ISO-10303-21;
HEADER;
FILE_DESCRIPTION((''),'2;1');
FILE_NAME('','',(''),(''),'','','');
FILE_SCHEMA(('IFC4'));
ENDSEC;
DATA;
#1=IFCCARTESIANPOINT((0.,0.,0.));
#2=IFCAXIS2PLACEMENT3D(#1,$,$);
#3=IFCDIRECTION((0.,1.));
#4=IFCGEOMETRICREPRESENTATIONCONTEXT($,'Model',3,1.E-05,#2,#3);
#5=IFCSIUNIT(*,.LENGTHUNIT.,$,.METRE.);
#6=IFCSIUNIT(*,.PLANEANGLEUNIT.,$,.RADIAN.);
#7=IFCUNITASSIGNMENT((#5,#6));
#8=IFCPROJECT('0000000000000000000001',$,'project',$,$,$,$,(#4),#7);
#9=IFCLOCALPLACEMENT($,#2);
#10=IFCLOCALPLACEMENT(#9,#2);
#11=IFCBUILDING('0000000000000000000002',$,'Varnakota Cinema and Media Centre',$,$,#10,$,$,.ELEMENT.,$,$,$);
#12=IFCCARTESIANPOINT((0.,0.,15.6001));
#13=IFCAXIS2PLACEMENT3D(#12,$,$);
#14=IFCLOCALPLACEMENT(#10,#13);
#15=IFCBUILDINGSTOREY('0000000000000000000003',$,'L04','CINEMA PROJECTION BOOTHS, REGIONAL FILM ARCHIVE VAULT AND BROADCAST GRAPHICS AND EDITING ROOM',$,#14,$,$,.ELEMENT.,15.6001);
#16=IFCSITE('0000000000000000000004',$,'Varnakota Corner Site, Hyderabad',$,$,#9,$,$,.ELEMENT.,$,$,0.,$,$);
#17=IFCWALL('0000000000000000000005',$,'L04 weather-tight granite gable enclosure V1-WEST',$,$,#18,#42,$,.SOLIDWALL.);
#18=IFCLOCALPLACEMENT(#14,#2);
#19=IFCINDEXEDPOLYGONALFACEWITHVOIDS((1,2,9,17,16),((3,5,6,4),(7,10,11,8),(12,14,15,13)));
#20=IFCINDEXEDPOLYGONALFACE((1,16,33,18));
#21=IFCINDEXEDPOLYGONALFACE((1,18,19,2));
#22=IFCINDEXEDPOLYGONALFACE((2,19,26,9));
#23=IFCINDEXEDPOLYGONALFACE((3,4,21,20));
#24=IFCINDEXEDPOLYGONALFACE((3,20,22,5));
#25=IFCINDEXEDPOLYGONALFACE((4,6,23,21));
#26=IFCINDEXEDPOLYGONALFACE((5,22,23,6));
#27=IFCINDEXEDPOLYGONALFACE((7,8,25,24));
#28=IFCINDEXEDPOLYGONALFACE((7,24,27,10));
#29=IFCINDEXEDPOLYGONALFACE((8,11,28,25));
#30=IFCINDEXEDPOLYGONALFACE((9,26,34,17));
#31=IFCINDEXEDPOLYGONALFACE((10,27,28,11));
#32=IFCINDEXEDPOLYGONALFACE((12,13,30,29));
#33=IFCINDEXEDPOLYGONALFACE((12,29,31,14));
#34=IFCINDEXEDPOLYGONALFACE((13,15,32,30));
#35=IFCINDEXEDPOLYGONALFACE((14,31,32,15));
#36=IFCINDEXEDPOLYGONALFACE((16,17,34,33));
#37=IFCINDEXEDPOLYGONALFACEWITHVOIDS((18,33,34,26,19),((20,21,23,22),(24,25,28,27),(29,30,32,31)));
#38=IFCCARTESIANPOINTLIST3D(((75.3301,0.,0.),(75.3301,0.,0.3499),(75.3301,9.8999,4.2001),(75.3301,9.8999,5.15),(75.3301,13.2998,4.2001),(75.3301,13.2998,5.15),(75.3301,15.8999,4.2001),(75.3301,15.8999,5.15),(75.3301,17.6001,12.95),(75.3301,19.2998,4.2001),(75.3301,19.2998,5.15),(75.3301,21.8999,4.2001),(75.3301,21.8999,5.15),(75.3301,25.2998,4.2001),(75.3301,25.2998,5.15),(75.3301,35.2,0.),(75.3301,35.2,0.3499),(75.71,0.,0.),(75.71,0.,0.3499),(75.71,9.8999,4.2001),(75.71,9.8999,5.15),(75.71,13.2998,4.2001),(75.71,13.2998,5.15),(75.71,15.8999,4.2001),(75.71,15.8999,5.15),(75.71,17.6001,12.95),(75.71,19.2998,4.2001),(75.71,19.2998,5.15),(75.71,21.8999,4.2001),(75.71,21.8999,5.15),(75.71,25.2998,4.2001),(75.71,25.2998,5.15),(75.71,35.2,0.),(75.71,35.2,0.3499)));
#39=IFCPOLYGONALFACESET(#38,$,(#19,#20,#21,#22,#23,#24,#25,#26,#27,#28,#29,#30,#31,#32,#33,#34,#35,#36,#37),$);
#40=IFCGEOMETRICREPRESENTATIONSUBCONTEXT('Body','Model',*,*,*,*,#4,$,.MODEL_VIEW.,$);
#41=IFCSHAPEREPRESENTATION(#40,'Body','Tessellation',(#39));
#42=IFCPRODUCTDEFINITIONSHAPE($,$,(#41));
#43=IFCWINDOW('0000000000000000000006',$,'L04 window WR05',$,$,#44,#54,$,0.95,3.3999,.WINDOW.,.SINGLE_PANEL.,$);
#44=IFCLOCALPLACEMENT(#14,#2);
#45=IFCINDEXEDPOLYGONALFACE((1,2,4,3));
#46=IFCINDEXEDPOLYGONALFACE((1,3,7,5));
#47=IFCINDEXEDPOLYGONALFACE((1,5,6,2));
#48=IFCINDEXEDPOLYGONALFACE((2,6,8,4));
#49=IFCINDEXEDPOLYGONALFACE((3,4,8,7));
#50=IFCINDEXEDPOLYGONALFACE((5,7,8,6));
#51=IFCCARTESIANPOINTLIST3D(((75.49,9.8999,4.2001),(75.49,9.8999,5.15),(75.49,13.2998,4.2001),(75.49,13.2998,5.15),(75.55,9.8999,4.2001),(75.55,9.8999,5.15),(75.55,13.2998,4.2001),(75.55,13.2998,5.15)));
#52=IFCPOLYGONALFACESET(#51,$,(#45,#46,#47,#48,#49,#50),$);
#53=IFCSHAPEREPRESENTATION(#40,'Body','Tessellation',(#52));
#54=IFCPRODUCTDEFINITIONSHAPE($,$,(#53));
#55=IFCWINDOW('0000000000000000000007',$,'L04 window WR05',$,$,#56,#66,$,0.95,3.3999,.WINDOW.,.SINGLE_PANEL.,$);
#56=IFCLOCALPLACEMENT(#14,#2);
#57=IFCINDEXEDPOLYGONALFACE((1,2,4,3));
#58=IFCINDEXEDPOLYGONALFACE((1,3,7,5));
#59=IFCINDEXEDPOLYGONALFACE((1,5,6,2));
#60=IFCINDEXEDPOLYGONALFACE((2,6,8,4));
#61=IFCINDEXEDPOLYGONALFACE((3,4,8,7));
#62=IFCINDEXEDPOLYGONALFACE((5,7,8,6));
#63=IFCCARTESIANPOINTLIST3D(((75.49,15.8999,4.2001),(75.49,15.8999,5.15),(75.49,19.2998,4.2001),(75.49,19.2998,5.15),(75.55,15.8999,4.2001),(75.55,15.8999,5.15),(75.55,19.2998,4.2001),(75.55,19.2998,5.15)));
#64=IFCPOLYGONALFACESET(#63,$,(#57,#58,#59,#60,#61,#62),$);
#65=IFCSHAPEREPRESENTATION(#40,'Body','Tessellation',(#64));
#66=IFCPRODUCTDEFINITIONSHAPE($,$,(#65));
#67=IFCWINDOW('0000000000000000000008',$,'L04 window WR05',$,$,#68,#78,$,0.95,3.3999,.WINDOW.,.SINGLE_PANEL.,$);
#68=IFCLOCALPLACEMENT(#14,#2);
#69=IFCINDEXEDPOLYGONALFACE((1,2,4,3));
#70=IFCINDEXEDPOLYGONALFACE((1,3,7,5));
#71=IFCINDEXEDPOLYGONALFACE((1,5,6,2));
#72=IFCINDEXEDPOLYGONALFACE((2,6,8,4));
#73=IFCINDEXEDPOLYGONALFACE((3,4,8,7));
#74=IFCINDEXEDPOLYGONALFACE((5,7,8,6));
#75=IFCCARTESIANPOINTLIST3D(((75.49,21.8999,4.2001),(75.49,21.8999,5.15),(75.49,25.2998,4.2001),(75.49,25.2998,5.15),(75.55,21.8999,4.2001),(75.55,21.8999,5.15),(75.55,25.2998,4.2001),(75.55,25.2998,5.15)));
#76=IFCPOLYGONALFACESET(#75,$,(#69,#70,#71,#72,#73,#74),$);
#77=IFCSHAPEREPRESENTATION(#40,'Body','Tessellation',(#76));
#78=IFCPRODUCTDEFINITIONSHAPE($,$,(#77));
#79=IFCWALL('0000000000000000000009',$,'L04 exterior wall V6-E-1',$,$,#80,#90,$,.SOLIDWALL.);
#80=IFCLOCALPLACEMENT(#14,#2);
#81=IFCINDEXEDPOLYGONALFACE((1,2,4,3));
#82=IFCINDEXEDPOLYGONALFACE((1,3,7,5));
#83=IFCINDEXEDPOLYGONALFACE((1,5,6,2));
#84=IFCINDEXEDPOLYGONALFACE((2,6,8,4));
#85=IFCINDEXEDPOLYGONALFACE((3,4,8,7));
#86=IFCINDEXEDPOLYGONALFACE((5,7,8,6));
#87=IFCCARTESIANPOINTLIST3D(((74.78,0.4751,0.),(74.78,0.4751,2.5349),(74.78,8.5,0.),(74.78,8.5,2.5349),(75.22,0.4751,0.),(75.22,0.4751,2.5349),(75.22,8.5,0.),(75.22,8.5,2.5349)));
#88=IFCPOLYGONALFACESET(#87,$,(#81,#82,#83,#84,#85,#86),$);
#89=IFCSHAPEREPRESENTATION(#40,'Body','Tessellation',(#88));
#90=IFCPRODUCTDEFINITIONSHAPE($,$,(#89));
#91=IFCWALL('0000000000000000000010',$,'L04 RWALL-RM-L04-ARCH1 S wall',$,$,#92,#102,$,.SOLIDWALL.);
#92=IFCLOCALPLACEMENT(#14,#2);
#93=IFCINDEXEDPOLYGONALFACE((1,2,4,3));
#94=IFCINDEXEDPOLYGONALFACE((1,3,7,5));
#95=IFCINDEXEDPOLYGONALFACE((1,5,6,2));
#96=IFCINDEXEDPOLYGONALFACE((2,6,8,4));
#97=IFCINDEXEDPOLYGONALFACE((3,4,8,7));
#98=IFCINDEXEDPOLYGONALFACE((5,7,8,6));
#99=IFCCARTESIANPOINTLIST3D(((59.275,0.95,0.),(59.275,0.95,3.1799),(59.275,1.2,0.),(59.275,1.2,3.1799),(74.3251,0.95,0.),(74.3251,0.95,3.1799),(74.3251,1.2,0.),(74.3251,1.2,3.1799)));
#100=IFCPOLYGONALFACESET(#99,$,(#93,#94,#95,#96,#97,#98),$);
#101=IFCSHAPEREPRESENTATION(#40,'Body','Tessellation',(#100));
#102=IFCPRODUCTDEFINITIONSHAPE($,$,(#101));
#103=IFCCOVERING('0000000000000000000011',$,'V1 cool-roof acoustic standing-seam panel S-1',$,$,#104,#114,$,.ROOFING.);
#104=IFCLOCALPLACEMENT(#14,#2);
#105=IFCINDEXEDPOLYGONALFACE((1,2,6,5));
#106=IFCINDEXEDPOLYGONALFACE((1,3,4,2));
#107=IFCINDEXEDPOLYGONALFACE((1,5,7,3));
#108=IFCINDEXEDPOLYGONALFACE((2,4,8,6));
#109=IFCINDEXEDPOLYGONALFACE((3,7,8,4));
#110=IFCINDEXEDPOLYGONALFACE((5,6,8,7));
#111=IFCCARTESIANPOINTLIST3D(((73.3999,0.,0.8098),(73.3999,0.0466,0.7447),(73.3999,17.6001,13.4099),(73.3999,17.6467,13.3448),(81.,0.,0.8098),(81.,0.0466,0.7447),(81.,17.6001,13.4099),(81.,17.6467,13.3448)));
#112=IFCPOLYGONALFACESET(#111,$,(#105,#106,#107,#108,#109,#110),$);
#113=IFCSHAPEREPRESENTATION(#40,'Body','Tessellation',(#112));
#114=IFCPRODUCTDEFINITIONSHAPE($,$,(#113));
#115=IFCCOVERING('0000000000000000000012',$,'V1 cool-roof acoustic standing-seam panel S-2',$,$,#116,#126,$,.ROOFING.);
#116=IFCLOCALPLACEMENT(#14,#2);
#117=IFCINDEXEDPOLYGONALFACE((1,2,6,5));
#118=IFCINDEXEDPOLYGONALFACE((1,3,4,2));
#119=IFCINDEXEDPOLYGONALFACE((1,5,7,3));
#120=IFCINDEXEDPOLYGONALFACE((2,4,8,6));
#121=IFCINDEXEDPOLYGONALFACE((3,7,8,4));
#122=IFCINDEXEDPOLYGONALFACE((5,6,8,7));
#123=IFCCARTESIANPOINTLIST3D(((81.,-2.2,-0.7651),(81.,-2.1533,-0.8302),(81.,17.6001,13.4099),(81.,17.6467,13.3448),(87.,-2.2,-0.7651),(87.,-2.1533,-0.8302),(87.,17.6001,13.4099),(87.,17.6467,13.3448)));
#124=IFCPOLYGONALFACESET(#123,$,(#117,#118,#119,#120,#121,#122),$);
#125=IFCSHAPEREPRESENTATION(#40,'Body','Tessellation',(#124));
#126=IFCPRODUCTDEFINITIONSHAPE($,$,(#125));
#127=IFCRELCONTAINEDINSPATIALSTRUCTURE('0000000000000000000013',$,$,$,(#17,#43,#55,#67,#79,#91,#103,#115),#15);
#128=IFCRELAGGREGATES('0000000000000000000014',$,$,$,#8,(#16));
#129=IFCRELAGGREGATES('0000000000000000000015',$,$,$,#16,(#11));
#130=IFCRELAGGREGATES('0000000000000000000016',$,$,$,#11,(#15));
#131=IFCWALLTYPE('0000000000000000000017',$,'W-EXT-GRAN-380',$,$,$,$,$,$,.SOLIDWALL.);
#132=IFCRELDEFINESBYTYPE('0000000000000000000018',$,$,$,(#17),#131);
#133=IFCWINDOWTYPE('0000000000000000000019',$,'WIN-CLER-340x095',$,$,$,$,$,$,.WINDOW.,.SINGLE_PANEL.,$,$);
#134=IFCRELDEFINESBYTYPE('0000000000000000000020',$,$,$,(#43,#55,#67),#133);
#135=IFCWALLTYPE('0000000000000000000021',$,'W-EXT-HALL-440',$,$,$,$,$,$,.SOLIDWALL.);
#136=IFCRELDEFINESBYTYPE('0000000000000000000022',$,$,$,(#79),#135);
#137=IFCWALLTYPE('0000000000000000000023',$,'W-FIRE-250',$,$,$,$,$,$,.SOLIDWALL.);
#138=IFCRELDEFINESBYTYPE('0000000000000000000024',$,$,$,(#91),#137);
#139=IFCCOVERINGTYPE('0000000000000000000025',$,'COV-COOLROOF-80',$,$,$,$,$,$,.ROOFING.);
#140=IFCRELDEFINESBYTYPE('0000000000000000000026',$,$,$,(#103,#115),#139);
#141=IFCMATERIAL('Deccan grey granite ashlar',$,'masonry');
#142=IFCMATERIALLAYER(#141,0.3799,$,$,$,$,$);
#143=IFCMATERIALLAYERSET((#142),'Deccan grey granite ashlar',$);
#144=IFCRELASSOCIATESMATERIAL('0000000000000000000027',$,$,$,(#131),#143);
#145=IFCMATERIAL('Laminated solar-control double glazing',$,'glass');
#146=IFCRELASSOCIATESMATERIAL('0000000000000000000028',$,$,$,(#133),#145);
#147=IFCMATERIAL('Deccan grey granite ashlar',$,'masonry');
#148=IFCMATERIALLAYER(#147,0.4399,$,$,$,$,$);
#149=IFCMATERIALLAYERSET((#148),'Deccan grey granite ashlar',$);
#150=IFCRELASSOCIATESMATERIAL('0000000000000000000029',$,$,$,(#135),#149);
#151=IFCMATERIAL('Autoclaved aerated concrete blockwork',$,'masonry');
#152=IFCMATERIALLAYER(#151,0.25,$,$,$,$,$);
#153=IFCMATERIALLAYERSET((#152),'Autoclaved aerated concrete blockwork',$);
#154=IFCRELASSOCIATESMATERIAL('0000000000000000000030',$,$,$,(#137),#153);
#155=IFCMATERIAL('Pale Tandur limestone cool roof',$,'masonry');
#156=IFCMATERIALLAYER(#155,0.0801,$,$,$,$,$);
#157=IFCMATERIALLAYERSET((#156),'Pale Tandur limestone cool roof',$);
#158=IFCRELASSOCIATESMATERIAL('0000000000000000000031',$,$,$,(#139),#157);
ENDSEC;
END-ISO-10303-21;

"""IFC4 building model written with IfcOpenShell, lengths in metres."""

from ifc_helpers import new_model, si_unit, direction, frame, frame_2d, origin, place, context, subcontext, project, spatial, polyline, rectangle, outline, extrude, material, layer, layer_set, type_object, element, fill, save


model = new_model("IFC4")

# Units and contexts
model_context = context("Model", 3, precision=1e-05, world=origin(), true_north=direction((0.0, 1.0)))
body_context = subcontext(model_context, "Body", "Model", "MODEL_VIEW")
ifc_project = project(units=[si_unit("LENGTHUNIT", "METRE"), si_unit("PLANEANGLEUNIT", "RADIAN")], contexts=[model_context])

# Site, building, storey
site_placement = place(None, origin())
site = spatial("IfcSite", under=ifc_project, at=site_placement, Name="Varnakota Corner Site, Hyderabad", CompositionType="ELEMENT", RefElevation=0.0)
building_placement = place(site_placement, origin())
building = spatial("IfcBuilding", under=site, at=building_placement, Name="Varnakota Cinema and Media Centre", CompositionType="ELEMENT")
storey_placement = place(building_placement, frame((0.0, 0.0, 15.6001)))
storey = spatial("IfcBuildingStorey", under=building, at=storey_placement, Name="L04", Description="CINEMA PROJECTION BOOTHS, REGIONAL FILM ARCHIVE VAULT AND BROADCAST GRAPHICS AND EDITING ROOM", CompositionType="ELEMENT", Elevation=15.6001)

# Wall, openings, windows
ifc_material_1 = material(Name="Deccan grey granite ashlar", Category="masonry")
ifc_layer_1 = layer(ifc_material_1, 0.3799)
ifc_layer_set_1 = layer_set([ifc_layer_1], Name="Deccan grey granite ashlar")
wall_type_1 = type_object("IfcWallType", Name="W-EXT-GRAN-380", PredefinedType="SOLIDWALL", material=ifc_layer_set_1)
wall_1_placement = place(storey_placement, frame((75.52, 0.0, 0.0), z_axis=(0.0, 0.0, 1.0), x_axis=(0.0, 1.0, 0.0)))
wall_1 = element("IfcWall", 1, at=wall_1_placement, inside=storey, type_object=wall_type_1, Name="L04 weather-tight granite gable enclosure V1-WEST", PredefinedType="SOLIDWALL", context=body_context, shape_type="SweptSolid", body=[
    extrude(outline(polyline([(0.0, 0.0), (35.2, 0.0), (35.2, 0.3499), (17.6001, 12.95), (0.0, 0.3499), (0.0, 0.0)])), frame((0.0, 0.1899, 0.0), z_axis=(0.0, -1.0, 0.0), x_axis=(1.0, 0.0, 0.0)), (0.0, 0.0, 1.0), 0.3799),
])
opening_1_placement = place(wall_1_placement, frame((9.8999, 0.0, 4.2)))
opening_1 = element("IfcOpeningElement", 2, at=opening_1_placement, cuts=wall_1, PredefinedType="OPENING", context=body_context, shape_type="SweptSolid", body=[
    extrude(rectangle(XDim=3.3999, YDim=0.95, at=frame_2d((1.7, 0.4751))), frame((0.0, 0.1899, 0.0), z_axis=(0.0, -1.0, 0.0), x_axis=(1.0, 0.0, 0.0)), (0.0, 0.0, 1.0), 0.3799),
])
opening_2_placement = place(wall_1_placement, frame((15.8999, 0.0, 4.2)))
opening_2 = element("IfcOpeningElement", 3, at=opening_2_placement, cuts=wall_1, PredefinedType="OPENING", context=body_context, shape_type="SweptSolid", body=[
    extrude(rectangle(XDim=3.3999, YDim=0.95, at=frame_2d((1.7, 0.4751))), frame((0.0, 0.1899, 0.0), z_axis=(0.0, -1.0, 0.0), x_axis=(1.0, 0.0, 0.0)), (0.0, 0.0, 1.0), 0.3799),
])
opening_3_placement = place(wall_1_placement, frame((21.8999, 0.0, 4.2)))
opening_3 = element("IfcOpeningElement", 4, at=opening_3_placement, cuts=wall_1, PredefinedType="OPENING", context=body_context, shape_type="SweptSolid", body=[
    extrude(rectangle(XDim=3.3999, YDim=0.95, at=frame_2d((1.7, 0.4751))), frame((0.0, 0.1899, 0.0), z_axis=(0.0, -1.0, 0.0), x_axis=(1.0, 0.0, 0.0)), (0.0, 0.0, 1.0), 0.3799),
])
ifc_material_2 = material(Name="Laminated solar-control double glazing", Category="glass")
window_type = type_object("IfcWindowType", Name="WIN-CLER-340x095", PartitioningType="SINGLE_PANEL", PredefinedType="WINDOW", material=ifc_material_2)
window_1_placement = place(opening_1_placement, origin())
window_1 = element("IfcWindow", 5, at=window_1_placement, inside=storey, type_object=window_type, Name="L04 window WR05", OverallHeight=0.95, OverallWidth=3.3999, PartitioningType="SINGLE_PANEL", PredefinedType="WINDOW", context=body_context, shape_type="SweptSolid", body=[
    extrude(rectangle(XDim=3.3999, YDim=0.95, at=frame_2d((1.7, 0.4751))), frame((0.0, 0.03, 0.0), z_axis=(0.0, -1.0, 0.0), x_axis=(1.0, 0.0, 0.0)), (0.0, 0.0, 1.0), 0.0601),
])
fill(opening_1, window_1)
window_2_placement = place(opening_2_placement, origin())
window_2 = element("IfcWindow", 6, at=window_2_placement, inside=storey, type_object=window_type, Name="L04 window WR05", OverallHeight=0.95, OverallWidth=3.3999, PartitioningType="SINGLE_PANEL", PredefinedType="WINDOW", context=body_context, shape_type="SweptSolid", body=[
    extrude(rectangle(XDim=3.3999, YDim=0.95, at=frame_2d((1.7, 0.4751))), frame((0.0, 0.03, 0.0), z_axis=(0.0, -1.0, 0.0), x_axis=(1.0, 0.0, 0.0)), (0.0, 0.0, 1.0), 0.0601),
])
fill(opening_2, window_2)
window_3_placement = place(opening_3_placement, origin())
window_3 = element("IfcWindow", 7, at=window_3_placement, inside=storey, type_object=window_type, Name="L04 window WR05", OverallHeight=0.95, OverallWidth=3.3999, PartitioningType="SINGLE_PANEL", PredefinedType="WINDOW", context=body_context, shape_type="SweptSolid", body=[
    extrude(rectangle(XDim=3.3999, YDim=0.95, at=frame_2d((1.7, 0.4751))), frame((0.0, 0.03, 0.0), z_axis=(0.0, -1.0, 0.0), x_axis=(1.0, 0.0, 0.0)), (0.0, 0.0, 1.0), 0.0601),
])
fill(opening_3, window_3)

# Walls
ifc_material_3 = material(Name="Deccan grey granite ashlar", Category="masonry")
ifc_layer_2 = layer(ifc_material_3, 0.4399)
ifc_layer_set_2 = layer_set([ifc_layer_2], Name="Deccan grey granite ashlar")
wall_type_2 = type_object("IfcWallType", Name="W-EXT-HALL-440", PredefinedType="SOLIDWALL", material=ifc_layer_set_2)
wall_2_placement = place(storey_placement, frame((75.0, 0.4751, 0.0), z_axis=(0.0, 0.0, 1.0), x_axis=(0.0, 1.0, 0.0)))
element("IfcWall", 8, at=wall_2_placement, inside=storey, type_object=wall_type_2, Name="L04 exterior wall V6-E-1", PredefinedType="SOLIDWALL", context=body_context, shape_type="SweptSolid", body=[
    extrude(rectangle(XDim=8.0249, YDim=0.4399, at=frame_2d((4.0125, 0.0))), origin(), (0.0, 0.0, 1.0), 2.5349),
])
ifc_material_4 = material(Name="Autoclaved aerated concrete blockwork", Category="masonry")
ifc_layer_3 = layer(ifc_material_4, 0.25)
ifc_layer_set_3 = layer_set([ifc_layer_3], Name="Autoclaved aerated concrete blockwork")
wall_type_3 = type_object("IfcWallType", Name="W-FIRE-250", PredefinedType="SOLIDWALL", material=ifc_layer_set_3)
wall_3_placement = place(storey_placement, frame((74.325, 1.075, 0.0), z_axis=(0.0, 0.0, 1.0), x_axis=(-1.0, 0.0, 0.0)))
element("IfcWall", 9, at=wall_3_placement, inside=storey, type_object=wall_type_3, Name="L04 RWALL-RM-L04-ARCH1 S wall", PredefinedType="SOLIDWALL", context=body_context, shape_type="SweptSolid", body=[
    extrude(rectangle(XDim=15.05, YDim=0.25, at=frame_2d((7.5249, 0.0))), origin(), (0.0, 0.0, 1.0), 3.1799),
])

# Coverings
ifc_material_5 = material(Name="Pale Tandur limestone cool roof", Category="masonry")
ifc_layer_4 = layer(ifc_material_5, 0.0801)
ifc_layer_set_4 = layer_set([ifc_layer_4], Name="Pale Tandur limestone cool roof")
covering_type = type_object("IfcCoveringType", Name="COV-COOLROOF-80", PredefinedType="ROOFING", material=ifc_layer_set_4)
covering_1_placement = place(storey_placement, frame((73.3999, 0.0, 0.8098), z_axis=(0.0, -0.582113, 0.813108), x_axis=(1.0, 0.0, 0.0)))
element("IfcCovering", 10, at=covering_1_placement, inside=storey, type_object=covering_type, Name="V1 cool-roof acoustic standing-seam panel S-1", PredefinedType="ROOFING", context=body_context, shape_type="SweptSolid", body=[
    extrude(outline(polyline([(0.0, 0.0), (7.6001, 0.0), (7.6001, 21.6455), (0.0, 21.6455), (0.0, 0.0)])), origin(), (0.0, 0.0, -1.0), 0.0801),
])
covering_2_placement = place(storey_placement, frame((81.0, -2.2, -0.7651), z_axis=(0.0, -0.582112, 0.813108), x_axis=(1.0, 0.0, 0.0)))
element("IfcCovering", 11, at=covering_2_placement, inside=storey, type_object=covering_type, Name="V1 cool-roof acoustic standing-seam panel S-2", PredefinedType="ROOFING", context=body_context, shape_type="SweptSolid", body=[
    extrude(outline(polyline([(0.0, 0.0), (6.0, 0.0), (6.0, 24.3511), (0.0, 24.3511), (0.0, 0.0)])), origin(), (0.0, 0.0, -1.0), 0.0801),
])

save(model, "model.ifc")
